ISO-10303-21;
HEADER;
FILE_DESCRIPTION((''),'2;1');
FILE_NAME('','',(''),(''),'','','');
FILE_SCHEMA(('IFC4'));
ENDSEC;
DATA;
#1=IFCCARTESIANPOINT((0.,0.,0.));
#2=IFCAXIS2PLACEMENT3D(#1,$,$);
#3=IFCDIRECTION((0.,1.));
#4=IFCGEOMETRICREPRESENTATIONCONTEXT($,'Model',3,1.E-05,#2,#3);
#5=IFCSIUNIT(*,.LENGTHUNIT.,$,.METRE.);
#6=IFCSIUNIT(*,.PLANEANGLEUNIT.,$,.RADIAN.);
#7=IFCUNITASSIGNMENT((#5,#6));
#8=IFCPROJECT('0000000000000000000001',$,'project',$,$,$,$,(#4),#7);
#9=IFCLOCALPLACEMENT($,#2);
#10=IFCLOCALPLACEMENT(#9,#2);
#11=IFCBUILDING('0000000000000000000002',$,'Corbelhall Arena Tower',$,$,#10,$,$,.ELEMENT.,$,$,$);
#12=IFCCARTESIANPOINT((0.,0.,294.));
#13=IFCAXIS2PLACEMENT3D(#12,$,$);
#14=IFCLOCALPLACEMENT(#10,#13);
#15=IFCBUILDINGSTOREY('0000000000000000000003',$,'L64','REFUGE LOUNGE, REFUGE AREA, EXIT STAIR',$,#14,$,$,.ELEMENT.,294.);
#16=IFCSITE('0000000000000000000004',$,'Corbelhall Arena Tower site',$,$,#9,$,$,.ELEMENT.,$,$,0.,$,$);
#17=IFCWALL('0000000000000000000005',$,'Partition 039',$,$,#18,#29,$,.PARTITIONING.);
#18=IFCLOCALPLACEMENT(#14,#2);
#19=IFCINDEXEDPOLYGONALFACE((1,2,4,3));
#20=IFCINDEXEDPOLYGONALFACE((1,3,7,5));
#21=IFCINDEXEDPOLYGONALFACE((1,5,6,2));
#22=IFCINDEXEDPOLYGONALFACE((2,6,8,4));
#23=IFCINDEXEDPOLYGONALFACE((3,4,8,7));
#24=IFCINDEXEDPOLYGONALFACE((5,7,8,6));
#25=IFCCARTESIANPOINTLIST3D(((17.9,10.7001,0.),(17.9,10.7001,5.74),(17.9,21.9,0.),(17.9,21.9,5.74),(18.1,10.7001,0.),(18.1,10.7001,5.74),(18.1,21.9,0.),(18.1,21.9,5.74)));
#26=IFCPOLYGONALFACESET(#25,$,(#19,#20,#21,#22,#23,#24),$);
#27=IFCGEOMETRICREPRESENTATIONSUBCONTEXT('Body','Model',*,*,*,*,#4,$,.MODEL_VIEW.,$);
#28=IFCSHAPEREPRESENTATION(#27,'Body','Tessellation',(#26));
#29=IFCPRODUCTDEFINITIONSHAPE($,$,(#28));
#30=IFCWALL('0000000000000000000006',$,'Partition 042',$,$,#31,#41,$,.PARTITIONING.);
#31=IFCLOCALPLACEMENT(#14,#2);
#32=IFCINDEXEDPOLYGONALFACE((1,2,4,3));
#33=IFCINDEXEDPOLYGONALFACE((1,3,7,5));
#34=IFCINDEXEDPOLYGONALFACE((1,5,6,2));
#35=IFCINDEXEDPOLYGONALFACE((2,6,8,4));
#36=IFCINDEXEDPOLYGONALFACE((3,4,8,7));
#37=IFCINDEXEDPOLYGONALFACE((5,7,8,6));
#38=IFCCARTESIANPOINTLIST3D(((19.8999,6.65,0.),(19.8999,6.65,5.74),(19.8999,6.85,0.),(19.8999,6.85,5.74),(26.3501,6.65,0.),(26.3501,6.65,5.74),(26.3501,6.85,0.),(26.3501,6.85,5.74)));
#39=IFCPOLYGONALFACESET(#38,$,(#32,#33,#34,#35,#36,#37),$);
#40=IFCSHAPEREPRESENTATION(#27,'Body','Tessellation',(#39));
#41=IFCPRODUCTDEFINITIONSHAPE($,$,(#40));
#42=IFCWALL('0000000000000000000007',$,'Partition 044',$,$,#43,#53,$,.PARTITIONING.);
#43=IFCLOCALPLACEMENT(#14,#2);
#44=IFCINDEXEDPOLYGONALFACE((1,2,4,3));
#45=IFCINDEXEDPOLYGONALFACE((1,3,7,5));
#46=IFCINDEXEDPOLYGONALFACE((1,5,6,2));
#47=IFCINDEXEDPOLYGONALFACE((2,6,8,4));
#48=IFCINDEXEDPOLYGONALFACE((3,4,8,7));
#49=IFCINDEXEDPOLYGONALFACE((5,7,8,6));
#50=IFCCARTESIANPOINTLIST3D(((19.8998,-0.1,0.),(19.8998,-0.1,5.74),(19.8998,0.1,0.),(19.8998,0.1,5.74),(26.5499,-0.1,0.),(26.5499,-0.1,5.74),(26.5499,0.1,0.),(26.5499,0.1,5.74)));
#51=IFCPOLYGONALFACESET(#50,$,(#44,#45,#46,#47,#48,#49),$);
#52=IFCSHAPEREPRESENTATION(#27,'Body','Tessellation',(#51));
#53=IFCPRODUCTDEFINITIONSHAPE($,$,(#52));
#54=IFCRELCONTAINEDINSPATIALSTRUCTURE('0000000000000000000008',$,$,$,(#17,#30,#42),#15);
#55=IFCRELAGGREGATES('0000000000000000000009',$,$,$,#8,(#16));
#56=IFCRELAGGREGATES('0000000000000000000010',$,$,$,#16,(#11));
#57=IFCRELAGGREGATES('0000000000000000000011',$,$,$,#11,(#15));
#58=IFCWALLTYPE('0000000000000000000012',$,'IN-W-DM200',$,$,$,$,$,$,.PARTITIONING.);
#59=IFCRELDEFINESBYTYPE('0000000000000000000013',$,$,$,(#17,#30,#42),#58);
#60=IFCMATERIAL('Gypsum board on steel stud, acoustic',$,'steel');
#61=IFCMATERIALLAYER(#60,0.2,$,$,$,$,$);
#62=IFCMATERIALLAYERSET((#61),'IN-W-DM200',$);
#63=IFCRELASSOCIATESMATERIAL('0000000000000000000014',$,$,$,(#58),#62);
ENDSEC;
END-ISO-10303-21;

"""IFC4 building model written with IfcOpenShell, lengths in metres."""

from ifc_helpers import new_model, si_unit, direction, frame, frame_2d, origin, place, context, subcontext, project, spatial, rectangle, extrude, material, layer, layer_set, type_object, element, save


model = new_model("IFC4")

# Units and contexts
model_context = context("Model", 3, precision=1e-05, world=origin(), true_north=direction((0.0, 1.0)))
body_context = subcontext(model_context, "Body", "Model", "MODEL_VIEW")
ifc_project = project(units=[si_unit("LENGTHUNIT", "METRE"), si_unit("PLANEANGLEUNIT", "RADIAN")], contexts=[model_context])

# Site, building, storey
site_placement = place(None, origin())
site = spatial("IfcSite", under=ifc_project, at=site_placement, Name="Corbelhall Arena Tower site", CompositionType="ELEMENT", RefElevation=0.0)
building_placement = place(site_placement, origin())
building = spatial("IfcBuilding", under=site, at=building_placement, Name="Corbelhall Arena Tower", CompositionType="ELEMENT")
storey_placement = place(building_placement, frame((0.0, 0.0, 294.0)))
storey = spatial("IfcBuildingStorey", under=building, at=storey_placement, Name="L64", Description="REFUGE LOUNGE, REFUGE AREA, EXIT STAIR", CompositionType="ELEMENT", Elevation=294.0)

# Walls
ifc_material_1 = material(Name="Gypsum board on steel stud, acoustic", Category="steel")
ifc_layer_1 = layer(ifc_material_1, 0.2)
ifc_layer_set_1 = layer_set([ifc_layer_1], Name="IN-W-DM200")
wall_type_1 = type_object("IfcWallType", Name="IN-W-DM200", PredefinedType="PARTITIONING", material=ifc_layer_set_1)
wall_1_placement = place(storey_placement, frame((18.0, 10.7, 0.0), z_axis=(0.0, 0.0, 1.0), x_axis=(0.0, 1.0, 0.0)))
element("IfcWall", 1, at=wall_1_placement, inside=storey, type_object=wall_type_1, Name="Partition 039", PredefinedType="PARTITIONING", context=body_context, shape_type="SweptSolid", body=[
    extrude(rectangle(XDim=11.2, YDim=0.2, at=frame_2d((5.6001, 0.0))), origin(), (0.0, 0.0, 1.0), 5.74),
])
wall_2_placement = place(storey_placement, frame((19.8999, 6.75, 0.0), z_axis=(0.0, 0.0, 1.0), x_axis=(1.0, 0.0, 0.0)))
element("IfcWall", 2, at=wall_2_placement, inside=storey, type_object=wall_type_1, Name="Partition 042", PredefinedType="PARTITIONING", context=body_context, shape_type="SweptSolid", body=[
    extrude(rectangle(XDim=6.4502, YDim=0.2, at=frame_2d((3.2251, 0.0))), origin(), (0.0, 0.0, 1.0), 5.74),
])

# Wall
wall_3_placement = place(storey_placement, frame((26.55, 0.0, 0.0), z_axis=(0.0, 0.0, 1.0), x_axis=(-1.0, 0.0, 0.0)))
element("IfcWall", 3, at=wall_3_placement, inside=storey, type_object=wall_type_1, Name="Partition 044", PredefinedType="PARTITIONING", context=body_context, shape_type="SweptSolid", body=[
    extrude(rectangle(XDim=6.6501, YDim=0.2, at=frame_2d((3.3252, 0.0))), origin(), (0.0, 0.0, 1.0), 5.74),
])

save(model, "model.ifc")
